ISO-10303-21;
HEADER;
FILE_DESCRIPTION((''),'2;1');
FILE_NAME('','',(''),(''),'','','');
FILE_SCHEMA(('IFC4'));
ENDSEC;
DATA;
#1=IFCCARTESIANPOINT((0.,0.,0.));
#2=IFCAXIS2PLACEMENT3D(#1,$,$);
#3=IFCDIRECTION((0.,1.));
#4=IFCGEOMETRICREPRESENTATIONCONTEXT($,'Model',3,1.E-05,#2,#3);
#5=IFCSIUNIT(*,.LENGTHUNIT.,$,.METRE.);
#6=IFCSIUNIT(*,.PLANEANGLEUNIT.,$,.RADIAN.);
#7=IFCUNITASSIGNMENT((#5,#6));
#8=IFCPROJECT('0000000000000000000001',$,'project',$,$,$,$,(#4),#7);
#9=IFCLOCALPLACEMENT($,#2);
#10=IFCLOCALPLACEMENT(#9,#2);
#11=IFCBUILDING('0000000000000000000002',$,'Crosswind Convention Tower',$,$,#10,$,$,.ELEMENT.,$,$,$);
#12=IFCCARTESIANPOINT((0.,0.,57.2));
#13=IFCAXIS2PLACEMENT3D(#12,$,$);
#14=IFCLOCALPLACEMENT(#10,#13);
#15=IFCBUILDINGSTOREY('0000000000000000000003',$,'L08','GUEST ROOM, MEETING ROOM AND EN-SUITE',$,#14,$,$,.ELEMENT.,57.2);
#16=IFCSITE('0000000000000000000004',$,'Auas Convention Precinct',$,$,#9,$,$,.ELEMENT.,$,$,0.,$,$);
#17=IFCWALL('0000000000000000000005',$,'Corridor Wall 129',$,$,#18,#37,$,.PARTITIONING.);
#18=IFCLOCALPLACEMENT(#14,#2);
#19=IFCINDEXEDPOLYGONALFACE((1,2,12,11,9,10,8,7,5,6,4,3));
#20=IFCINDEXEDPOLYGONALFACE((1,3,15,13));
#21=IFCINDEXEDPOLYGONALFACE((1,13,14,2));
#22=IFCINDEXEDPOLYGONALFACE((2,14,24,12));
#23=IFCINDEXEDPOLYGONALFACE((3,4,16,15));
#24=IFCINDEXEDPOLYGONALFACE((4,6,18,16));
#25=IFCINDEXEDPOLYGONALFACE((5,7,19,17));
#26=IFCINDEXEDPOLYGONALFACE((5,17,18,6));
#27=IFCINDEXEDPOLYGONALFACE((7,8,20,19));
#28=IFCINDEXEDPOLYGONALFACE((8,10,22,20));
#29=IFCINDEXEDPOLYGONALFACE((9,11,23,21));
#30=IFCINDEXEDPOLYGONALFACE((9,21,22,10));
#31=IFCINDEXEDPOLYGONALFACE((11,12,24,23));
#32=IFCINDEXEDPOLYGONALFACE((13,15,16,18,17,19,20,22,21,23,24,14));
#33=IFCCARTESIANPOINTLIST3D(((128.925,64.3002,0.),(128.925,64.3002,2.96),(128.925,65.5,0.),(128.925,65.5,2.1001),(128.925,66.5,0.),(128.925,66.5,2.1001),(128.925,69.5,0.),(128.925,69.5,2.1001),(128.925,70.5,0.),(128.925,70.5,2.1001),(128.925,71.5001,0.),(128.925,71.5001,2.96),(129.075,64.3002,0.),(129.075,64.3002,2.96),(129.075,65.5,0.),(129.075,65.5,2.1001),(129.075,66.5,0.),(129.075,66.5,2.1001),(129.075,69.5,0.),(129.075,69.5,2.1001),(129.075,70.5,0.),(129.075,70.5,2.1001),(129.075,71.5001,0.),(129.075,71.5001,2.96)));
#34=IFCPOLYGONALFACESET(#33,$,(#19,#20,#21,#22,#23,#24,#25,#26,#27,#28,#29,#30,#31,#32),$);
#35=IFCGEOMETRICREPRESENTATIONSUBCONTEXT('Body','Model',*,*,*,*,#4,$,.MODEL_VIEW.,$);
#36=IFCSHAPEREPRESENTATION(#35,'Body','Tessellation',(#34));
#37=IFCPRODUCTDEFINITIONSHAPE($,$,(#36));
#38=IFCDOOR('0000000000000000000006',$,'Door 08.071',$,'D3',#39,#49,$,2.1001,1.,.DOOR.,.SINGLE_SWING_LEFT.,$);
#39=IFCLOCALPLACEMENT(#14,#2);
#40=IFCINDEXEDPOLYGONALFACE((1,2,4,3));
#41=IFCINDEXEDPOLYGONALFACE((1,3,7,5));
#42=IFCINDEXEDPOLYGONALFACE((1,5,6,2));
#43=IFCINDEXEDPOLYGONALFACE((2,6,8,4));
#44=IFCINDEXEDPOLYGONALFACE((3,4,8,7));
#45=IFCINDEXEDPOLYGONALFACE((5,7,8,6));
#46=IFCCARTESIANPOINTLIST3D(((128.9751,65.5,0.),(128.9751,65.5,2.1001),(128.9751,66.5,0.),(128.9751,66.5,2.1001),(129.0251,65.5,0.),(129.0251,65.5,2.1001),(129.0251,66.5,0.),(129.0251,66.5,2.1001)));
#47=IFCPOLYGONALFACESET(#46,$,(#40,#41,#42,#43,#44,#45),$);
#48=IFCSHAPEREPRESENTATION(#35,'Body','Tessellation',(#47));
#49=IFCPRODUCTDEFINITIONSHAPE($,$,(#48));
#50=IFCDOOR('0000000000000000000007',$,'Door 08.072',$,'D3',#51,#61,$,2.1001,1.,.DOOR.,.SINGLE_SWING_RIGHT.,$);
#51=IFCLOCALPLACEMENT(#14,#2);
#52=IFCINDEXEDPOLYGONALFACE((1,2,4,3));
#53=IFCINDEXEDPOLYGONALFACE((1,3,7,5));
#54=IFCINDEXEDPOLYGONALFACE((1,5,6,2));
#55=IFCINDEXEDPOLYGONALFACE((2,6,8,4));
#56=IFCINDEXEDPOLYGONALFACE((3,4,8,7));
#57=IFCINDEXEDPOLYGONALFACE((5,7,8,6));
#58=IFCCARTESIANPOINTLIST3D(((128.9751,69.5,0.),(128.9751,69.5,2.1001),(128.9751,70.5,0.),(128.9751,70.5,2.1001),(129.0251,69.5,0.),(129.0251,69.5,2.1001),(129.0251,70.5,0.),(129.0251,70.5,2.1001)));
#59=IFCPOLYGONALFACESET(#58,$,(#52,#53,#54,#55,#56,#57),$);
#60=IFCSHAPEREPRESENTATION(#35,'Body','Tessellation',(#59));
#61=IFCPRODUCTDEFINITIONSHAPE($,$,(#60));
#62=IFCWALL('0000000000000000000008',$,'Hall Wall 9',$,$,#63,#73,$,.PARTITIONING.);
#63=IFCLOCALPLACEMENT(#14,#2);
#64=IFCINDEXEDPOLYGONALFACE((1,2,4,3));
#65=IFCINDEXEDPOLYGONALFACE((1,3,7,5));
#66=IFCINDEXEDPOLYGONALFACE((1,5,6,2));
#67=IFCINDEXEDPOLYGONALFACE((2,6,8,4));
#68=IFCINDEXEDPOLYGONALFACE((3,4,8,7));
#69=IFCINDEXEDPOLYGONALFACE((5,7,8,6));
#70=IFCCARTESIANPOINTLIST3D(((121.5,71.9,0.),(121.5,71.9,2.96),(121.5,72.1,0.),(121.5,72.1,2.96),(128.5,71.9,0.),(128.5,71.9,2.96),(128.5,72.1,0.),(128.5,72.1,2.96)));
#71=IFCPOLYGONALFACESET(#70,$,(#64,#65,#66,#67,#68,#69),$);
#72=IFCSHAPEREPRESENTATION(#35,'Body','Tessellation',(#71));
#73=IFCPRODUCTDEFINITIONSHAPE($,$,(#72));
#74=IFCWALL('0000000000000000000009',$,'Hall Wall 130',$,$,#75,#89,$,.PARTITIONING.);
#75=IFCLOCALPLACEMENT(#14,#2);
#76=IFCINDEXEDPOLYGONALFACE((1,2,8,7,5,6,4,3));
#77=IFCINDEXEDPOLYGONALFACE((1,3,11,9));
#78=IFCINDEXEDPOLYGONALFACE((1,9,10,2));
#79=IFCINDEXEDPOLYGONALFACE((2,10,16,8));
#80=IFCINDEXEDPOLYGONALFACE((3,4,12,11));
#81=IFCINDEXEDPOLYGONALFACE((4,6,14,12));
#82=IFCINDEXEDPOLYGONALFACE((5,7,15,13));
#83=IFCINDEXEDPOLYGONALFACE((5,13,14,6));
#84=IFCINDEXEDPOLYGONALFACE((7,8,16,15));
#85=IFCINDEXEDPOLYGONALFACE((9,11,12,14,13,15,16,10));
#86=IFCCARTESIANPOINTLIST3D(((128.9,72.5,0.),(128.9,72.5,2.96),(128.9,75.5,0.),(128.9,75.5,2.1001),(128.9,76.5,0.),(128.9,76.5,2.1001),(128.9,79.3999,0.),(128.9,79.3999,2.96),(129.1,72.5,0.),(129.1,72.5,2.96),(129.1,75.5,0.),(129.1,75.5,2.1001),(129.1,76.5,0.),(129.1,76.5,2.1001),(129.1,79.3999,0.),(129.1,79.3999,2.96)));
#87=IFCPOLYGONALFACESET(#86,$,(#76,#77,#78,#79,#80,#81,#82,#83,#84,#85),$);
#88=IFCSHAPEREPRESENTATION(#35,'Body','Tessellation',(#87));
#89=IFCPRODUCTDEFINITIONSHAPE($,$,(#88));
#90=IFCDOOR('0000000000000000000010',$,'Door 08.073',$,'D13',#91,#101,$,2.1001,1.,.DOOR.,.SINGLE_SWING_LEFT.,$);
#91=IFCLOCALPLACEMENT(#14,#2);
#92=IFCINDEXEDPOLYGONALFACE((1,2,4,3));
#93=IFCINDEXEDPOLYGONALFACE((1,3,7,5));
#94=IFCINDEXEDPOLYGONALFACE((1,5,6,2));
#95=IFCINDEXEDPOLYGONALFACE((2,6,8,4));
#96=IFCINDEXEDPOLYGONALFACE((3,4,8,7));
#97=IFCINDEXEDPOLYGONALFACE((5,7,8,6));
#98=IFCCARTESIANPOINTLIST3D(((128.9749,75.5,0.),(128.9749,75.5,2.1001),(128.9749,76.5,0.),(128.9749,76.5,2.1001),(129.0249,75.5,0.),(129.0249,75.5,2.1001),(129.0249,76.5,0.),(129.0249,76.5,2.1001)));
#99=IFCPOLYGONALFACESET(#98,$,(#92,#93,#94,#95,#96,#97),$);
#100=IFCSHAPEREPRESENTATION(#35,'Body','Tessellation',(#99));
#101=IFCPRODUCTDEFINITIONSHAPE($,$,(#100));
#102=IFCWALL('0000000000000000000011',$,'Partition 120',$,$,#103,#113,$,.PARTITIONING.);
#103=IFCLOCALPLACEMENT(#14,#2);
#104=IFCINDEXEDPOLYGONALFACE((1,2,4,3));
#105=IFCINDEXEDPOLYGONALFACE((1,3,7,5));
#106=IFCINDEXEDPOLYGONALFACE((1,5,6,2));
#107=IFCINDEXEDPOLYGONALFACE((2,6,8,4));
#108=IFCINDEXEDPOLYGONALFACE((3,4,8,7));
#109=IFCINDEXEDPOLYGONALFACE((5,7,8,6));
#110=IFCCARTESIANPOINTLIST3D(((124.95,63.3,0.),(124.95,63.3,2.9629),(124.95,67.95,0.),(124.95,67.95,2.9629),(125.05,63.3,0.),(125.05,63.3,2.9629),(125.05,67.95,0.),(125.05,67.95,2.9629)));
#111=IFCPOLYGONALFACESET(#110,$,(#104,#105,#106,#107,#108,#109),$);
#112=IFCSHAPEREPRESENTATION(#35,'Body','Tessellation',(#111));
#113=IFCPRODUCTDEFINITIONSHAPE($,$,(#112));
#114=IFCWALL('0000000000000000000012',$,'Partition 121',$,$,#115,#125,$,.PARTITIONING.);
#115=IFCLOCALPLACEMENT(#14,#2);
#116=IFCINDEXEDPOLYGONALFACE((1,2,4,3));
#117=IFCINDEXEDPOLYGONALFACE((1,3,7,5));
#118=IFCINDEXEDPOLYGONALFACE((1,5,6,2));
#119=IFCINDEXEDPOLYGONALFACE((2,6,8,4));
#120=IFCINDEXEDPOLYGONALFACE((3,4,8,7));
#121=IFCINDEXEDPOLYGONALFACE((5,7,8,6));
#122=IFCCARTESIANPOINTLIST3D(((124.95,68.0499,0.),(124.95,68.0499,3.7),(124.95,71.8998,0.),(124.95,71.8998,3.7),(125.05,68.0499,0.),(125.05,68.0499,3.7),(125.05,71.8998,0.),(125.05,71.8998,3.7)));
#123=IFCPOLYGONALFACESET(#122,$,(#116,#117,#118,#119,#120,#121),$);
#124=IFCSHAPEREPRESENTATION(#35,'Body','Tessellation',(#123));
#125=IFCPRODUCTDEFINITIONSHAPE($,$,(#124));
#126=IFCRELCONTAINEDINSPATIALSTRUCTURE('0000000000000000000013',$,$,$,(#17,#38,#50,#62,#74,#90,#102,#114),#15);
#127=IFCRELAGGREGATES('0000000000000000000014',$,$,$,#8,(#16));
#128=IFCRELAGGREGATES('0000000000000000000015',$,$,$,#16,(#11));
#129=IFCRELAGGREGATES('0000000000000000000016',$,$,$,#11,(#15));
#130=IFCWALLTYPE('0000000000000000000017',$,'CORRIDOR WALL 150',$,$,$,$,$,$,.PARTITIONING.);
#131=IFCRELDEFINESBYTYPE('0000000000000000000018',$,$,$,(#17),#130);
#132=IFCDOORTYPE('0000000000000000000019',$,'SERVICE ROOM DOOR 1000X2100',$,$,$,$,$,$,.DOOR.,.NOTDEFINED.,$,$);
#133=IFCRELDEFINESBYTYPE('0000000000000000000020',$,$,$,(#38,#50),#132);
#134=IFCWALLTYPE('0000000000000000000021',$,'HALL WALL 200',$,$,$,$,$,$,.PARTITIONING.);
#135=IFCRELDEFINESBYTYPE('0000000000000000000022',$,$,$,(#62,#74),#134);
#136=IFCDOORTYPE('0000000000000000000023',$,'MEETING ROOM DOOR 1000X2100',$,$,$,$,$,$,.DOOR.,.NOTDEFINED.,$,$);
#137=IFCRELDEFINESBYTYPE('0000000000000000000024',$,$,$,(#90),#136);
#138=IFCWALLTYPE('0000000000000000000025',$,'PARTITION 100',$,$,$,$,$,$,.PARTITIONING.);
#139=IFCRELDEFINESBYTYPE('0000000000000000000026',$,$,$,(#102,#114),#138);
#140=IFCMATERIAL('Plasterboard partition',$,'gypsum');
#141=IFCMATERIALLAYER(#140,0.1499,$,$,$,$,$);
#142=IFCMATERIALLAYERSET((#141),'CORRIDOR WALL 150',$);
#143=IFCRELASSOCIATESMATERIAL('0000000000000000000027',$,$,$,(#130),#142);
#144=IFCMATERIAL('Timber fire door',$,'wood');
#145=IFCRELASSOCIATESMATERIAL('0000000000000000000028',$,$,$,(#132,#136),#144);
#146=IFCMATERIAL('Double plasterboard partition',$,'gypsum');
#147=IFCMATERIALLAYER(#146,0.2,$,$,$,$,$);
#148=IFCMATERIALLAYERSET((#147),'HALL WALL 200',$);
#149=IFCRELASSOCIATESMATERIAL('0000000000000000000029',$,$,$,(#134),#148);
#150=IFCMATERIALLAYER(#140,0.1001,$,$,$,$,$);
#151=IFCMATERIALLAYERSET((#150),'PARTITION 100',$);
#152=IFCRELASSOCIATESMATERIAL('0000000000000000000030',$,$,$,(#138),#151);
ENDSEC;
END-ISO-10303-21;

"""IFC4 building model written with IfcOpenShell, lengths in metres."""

from ifc_helpers import new_model, si_unit, direction, frame, frame_2d, origin, place, context, subcontext, project, spatial, rectangle, extrude, material, layer, layer_set, type_object, element, fill, save


model = new_model("IFC4")

# Units and contexts
model_context = context("Model", 3, precision=1e-05, world=origin(), true_north=direction((0.0, 1.0)))
body_context = subcontext(model_context, "Body", "Model", "MODEL_VIEW")
ifc_project = project(units=[si_unit("LENGTHUNIT", "METRE"), si_unit("PLANEANGLEUNIT", "RADIAN")], contexts=[model_context])

# Site, building, storey
site_placement = place(None, origin())
site = spatial("IfcSite", under=ifc_project, at=site_placement, Name="Auas Convention Precinct", CompositionType="ELEMENT", RefElevation=0.0)
building_placement = place(site_placement, origin())
building = spatial("IfcBuilding", under=site, at=building_placement, Name="Crosswind Convention Tower", CompositionType="ELEMENT")
storey_placement = place(building_placement, frame((0.0, 0.0, 57.2)))
storey = spatial("IfcBuildingStorey", under=building, at=storey_placement, Name="L08", Description="GUEST ROOM, MEETING ROOM AND EN-SUITE", CompositionType="ELEMENT", Elevation=57.2)

# Shared definitions
ifc_material_1 = material(Name="Plasterboard partition", Category="gypsum")
ifc_layer_1 = layer(ifc_material_1, 0.1499)
ifc_layer_set_1 = layer_set([ifc_layer_1], Name="CORRIDOR WALL 150")
wall_type_1 = type_object("IfcWallType", Name="CORRIDOR WALL 150", PredefinedType="PARTITIONING", material=ifc_layer_set_1)

# Wall, openings, doors
wall_1_placement = place(storey_placement, frame((129.0, 64.3, 0.0), z_axis=(0.0, 0.0, 1.0), x_axis=(0.0, 1.0, 0.0)))
wall_1 = element("IfcWall", 1, at=wall_1_placement, inside=storey, type_object=wall_type_1, Name="Corridor Wall 129", PredefinedType="PARTITIONING", context=body_context, shape_type="SweptSolid", body=[
    extrude(rectangle(XDim=7.2, YDim=0.1499, at=frame_2d((3.6001, 0.0))), origin(), (0.0, 0.0, 1.0), 2.96),
])
opening_1_placement = place(wall_1_placement, frame((1.2, 0.0, 0.0)))
opening_1 = element("IfcOpeningElement", 2, at=opening_1_placement, cuts=wall_1, PredefinedType="OPENING", context=body_context, shape_type="SweptSolid", body=[
    extrude(rectangle(XDim=1.0, YDim=2.1001, at=frame_2d((0.5, 1.05))), frame((0.0, 0.085, 0.0), z_axis=(0.0, -1.0, 0.0), x_axis=(1.0, 0.0, 0.0)), (0.0, 0.0, 1.0), 0.1699),
])
opening_2_placement = place(wall_1_placement, frame((5.2, 0.0, 0.0)))
opening_2 = element("IfcOpeningElement", 3, at=opening_2_placement, cuts=wall_1, PredefinedType="OPENING", context=body_context, shape_type="SweptSolid", body=[
    extrude(rectangle(XDim=1.0, YDim=2.1001, at=frame_2d((0.5, 1.05))), frame((0.0, 0.085, 0.0), z_axis=(0.0, -1.0, 0.0), x_axis=(1.0, 0.0, 0.0)), (0.0, 0.0, 1.0), 0.1699),
])
ifc_material_2 = material(Name="Timber fire door", Category="wood")
door_type_1 = type_object("IfcDoorType", Name="SERVICE ROOM DOOR 1000X2100", OperationType="NOTDEFINED", PredefinedType="DOOR", material=ifc_material_2)
door_1_placement = place(opening_1_placement, origin())
door_1 = element("IfcDoor", 4, at=door_1_placement, inside=storey, type_object=door_type_1, Name="Door 08.071", ObjectType="D3", OperationType="SINGLE_SWING_LEFT", OverallHeight=2.1001, OverallWidth=1.0, PredefinedType="DOOR", context=body_context, shape_type="SweptSolid", body=[
    extrude(rectangle(XDim=1.0, YDim=2.1001, at=frame_2d((0.5, 1.05))), frame((0.0, 0.0249, 0.0), z_axis=(0.0, -1.0, 0.0), x_axis=(1.0, 0.0, 0.0)), (0.0, 0.0, 1.0), 0.05),
])
fill(opening_1, door_1)
door_2_placement = place(opening_2_placement, origin())
door_2 = element("IfcDoor", 5, at=door_2_placement, inside=storey, type_object=door_type_1, Name="Door 08.072", ObjectType="D3", OperationType="SINGLE_SWING_RIGHT", OverallHeight=2.1001, OverallWidth=1.0, PredefinedType="DOOR", context=body_context, shape_type="SweptSolid", body=[
    extrude(rectangle(XDim=1.0, YDim=2.1001, at=frame_2d((0.5, 1.05))), frame((0.0, 0.0249, 0.0), z_axis=(0.0, -1.0, 0.0), x_axis=(1.0, 0.0, 0.0)), (0.0, 0.0, 1.0), 0.05),
])
fill(opening_2, door_2)

# Wall
ifc_material_3 = material(Name="Double plasterboard partition", Category="gypsum")
ifc_layer_2 = layer(ifc_material_3, 0.2)
ifc_layer_set_2 = layer_set([ifc_layer_2], Name="HALL WALL 200")
wall_type_2 = type_object("IfcWallType", Name="HALL WALL 200", PredefinedType="PARTITIONING", material=ifc_layer_set_2)
wall_2_placement = place(storey_placement, frame((121.5, 72.0, 0.0), z_axis=(0.0, 0.0, 1.0), x_axis=(1.0, 0.0, 0.0)))
element("IfcWall", 6, at=wall_2_placement, inside=storey, type_object=wall_type_2, Name="Hall Wall 9", PredefinedType="PARTITIONING", context=body_context, shape_type="SweptSolid", body=[
    extrude(rectangle(XDim=7.0, YDim=0.2, at=frame_2d((3.5, 0.0))), origin(), (0.0, 0.0, 1.0), 2.96),
])

# Wall, opening, door
wall_3_placement = place(storey_placement, frame((129.0, 72.5, 0.0), z_axis=(0.0, 0.0, 1.0), x_axis=(0.0, 1.0, 0.0)))
wall_3 = element("IfcWall", 7, at=wall_3_placement, inside=storey, type_object=wall_type_2, Name="Hall Wall 130", PredefinedType="PARTITIONING", context=body_context, shape_type="SweptSolid", body=[
    extrude(rectangle(XDim=6.8999, YDim=0.2, at=frame_2d((3.45, 0.0))), origin(), (0.0, 0.0, 1.0), 2.96),
])
opening_3_placement = place(wall_3_placement, frame((3.0, 0.0, 0.0)))
opening_3 = element("IfcOpeningElement", 8, at=opening_3_placement, cuts=wall_3, PredefinedType="OPENING", context=body_context, shape_type="SweptSolid", body=[
    extrude(rectangle(XDim=1.0, YDim=2.1001, at=frame_2d((0.5, 1.05))), frame((0.0, 0.1099, 0.0), z_axis=(0.0, -1.0, 0.0), x_axis=(1.0, 0.0, 0.0)), (0.0, 0.0, 1.0), 0.22),
])
door_type_2 = type_object("IfcDoorType", Name="MEETING ROOM DOOR 1000X2100", OperationType="NOTDEFINED", PredefinedType="DOOR", material=ifc_material_2)
door_3_placement = place(opening_3_placement, frame((1.0, 0.0, 0.0), z_axis=(0.0, 0.0, 1.0), x_axis=(-1.0, 0.0, 0.0)))
door_3 = element("IfcDoor", 9, at=door_3_placement, inside=storey, type_object=door_type_2, Name="Door 08.073", ObjectType="D13", OperationType="SINGLE_SWING_LEFT", OverallHeight=2.1001, OverallWidth=1.0, PredefinedType="DOOR", context=body_context, shape_type="SweptSolid", body=[
    extrude(rectangle(XDim=1.0, YDim=2.1001, at=frame_2d((0.5, 1.05))), frame((0.0, 0.0249, 0.0), z_axis=(0.0, -1.0, 0.0), x_axis=(1.0, 0.0, 0.0)), (0.0, 0.0, 1.0), 0.05),
])
fill(opening_3, door_3)

# Walls
ifc_layer_3 = layer(ifc_material_1, 0.1001)
ifc_layer_set_3 = layer_set([ifc_layer_3], Name="PARTITION 100")
wall_type_3 = type_object("IfcWallType", Name="PARTITION 100", PredefinedType="PARTITIONING", material=ifc_layer_set_3)
wall_4_placement = place(storey_placement, frame((125.0, 63.3, 0.0), z_axis=(0.0, 0.0, 1.0), x_axis=(0.0, 1.0, 0.0)))
element("IfcWall", 10, at=wall_4_placement, inside=storey, type_object=wall_type_3, Name="Partition 120", PredefinedType="PARTITIONING", context=body_context, shape_type="SweptSolid", body=[
    extrude(rectangle(XDim=4.6499, YDim=0.1001, at=frame_2d((2.325, 0.0))), origin(), (0.0, 0.0, 1.0), 2.9629),
])
wall_5_placement = place(storey_placement, frame((125.0, 68.05, 0.0), z_axis=(0.0, 0.0, 1.0), x_axis=(0.0, 1.0, 0.0)))
element("IfcWall", 11, at=wall_5_placement, inside=storey, type_object=wall_type_3, Name="Partition 121", PredefinedType="PARTITIONING", context=body_context, shape_type="SweptSolid", body=[
    extrude(rectangle(XDim=3.8499, YDim=0.1001, at=frame_2d((1.9248, 0.0))), origin(), (0.0, 0.0, 1.0), 3.7),
])

save(model, "model.ifc")
